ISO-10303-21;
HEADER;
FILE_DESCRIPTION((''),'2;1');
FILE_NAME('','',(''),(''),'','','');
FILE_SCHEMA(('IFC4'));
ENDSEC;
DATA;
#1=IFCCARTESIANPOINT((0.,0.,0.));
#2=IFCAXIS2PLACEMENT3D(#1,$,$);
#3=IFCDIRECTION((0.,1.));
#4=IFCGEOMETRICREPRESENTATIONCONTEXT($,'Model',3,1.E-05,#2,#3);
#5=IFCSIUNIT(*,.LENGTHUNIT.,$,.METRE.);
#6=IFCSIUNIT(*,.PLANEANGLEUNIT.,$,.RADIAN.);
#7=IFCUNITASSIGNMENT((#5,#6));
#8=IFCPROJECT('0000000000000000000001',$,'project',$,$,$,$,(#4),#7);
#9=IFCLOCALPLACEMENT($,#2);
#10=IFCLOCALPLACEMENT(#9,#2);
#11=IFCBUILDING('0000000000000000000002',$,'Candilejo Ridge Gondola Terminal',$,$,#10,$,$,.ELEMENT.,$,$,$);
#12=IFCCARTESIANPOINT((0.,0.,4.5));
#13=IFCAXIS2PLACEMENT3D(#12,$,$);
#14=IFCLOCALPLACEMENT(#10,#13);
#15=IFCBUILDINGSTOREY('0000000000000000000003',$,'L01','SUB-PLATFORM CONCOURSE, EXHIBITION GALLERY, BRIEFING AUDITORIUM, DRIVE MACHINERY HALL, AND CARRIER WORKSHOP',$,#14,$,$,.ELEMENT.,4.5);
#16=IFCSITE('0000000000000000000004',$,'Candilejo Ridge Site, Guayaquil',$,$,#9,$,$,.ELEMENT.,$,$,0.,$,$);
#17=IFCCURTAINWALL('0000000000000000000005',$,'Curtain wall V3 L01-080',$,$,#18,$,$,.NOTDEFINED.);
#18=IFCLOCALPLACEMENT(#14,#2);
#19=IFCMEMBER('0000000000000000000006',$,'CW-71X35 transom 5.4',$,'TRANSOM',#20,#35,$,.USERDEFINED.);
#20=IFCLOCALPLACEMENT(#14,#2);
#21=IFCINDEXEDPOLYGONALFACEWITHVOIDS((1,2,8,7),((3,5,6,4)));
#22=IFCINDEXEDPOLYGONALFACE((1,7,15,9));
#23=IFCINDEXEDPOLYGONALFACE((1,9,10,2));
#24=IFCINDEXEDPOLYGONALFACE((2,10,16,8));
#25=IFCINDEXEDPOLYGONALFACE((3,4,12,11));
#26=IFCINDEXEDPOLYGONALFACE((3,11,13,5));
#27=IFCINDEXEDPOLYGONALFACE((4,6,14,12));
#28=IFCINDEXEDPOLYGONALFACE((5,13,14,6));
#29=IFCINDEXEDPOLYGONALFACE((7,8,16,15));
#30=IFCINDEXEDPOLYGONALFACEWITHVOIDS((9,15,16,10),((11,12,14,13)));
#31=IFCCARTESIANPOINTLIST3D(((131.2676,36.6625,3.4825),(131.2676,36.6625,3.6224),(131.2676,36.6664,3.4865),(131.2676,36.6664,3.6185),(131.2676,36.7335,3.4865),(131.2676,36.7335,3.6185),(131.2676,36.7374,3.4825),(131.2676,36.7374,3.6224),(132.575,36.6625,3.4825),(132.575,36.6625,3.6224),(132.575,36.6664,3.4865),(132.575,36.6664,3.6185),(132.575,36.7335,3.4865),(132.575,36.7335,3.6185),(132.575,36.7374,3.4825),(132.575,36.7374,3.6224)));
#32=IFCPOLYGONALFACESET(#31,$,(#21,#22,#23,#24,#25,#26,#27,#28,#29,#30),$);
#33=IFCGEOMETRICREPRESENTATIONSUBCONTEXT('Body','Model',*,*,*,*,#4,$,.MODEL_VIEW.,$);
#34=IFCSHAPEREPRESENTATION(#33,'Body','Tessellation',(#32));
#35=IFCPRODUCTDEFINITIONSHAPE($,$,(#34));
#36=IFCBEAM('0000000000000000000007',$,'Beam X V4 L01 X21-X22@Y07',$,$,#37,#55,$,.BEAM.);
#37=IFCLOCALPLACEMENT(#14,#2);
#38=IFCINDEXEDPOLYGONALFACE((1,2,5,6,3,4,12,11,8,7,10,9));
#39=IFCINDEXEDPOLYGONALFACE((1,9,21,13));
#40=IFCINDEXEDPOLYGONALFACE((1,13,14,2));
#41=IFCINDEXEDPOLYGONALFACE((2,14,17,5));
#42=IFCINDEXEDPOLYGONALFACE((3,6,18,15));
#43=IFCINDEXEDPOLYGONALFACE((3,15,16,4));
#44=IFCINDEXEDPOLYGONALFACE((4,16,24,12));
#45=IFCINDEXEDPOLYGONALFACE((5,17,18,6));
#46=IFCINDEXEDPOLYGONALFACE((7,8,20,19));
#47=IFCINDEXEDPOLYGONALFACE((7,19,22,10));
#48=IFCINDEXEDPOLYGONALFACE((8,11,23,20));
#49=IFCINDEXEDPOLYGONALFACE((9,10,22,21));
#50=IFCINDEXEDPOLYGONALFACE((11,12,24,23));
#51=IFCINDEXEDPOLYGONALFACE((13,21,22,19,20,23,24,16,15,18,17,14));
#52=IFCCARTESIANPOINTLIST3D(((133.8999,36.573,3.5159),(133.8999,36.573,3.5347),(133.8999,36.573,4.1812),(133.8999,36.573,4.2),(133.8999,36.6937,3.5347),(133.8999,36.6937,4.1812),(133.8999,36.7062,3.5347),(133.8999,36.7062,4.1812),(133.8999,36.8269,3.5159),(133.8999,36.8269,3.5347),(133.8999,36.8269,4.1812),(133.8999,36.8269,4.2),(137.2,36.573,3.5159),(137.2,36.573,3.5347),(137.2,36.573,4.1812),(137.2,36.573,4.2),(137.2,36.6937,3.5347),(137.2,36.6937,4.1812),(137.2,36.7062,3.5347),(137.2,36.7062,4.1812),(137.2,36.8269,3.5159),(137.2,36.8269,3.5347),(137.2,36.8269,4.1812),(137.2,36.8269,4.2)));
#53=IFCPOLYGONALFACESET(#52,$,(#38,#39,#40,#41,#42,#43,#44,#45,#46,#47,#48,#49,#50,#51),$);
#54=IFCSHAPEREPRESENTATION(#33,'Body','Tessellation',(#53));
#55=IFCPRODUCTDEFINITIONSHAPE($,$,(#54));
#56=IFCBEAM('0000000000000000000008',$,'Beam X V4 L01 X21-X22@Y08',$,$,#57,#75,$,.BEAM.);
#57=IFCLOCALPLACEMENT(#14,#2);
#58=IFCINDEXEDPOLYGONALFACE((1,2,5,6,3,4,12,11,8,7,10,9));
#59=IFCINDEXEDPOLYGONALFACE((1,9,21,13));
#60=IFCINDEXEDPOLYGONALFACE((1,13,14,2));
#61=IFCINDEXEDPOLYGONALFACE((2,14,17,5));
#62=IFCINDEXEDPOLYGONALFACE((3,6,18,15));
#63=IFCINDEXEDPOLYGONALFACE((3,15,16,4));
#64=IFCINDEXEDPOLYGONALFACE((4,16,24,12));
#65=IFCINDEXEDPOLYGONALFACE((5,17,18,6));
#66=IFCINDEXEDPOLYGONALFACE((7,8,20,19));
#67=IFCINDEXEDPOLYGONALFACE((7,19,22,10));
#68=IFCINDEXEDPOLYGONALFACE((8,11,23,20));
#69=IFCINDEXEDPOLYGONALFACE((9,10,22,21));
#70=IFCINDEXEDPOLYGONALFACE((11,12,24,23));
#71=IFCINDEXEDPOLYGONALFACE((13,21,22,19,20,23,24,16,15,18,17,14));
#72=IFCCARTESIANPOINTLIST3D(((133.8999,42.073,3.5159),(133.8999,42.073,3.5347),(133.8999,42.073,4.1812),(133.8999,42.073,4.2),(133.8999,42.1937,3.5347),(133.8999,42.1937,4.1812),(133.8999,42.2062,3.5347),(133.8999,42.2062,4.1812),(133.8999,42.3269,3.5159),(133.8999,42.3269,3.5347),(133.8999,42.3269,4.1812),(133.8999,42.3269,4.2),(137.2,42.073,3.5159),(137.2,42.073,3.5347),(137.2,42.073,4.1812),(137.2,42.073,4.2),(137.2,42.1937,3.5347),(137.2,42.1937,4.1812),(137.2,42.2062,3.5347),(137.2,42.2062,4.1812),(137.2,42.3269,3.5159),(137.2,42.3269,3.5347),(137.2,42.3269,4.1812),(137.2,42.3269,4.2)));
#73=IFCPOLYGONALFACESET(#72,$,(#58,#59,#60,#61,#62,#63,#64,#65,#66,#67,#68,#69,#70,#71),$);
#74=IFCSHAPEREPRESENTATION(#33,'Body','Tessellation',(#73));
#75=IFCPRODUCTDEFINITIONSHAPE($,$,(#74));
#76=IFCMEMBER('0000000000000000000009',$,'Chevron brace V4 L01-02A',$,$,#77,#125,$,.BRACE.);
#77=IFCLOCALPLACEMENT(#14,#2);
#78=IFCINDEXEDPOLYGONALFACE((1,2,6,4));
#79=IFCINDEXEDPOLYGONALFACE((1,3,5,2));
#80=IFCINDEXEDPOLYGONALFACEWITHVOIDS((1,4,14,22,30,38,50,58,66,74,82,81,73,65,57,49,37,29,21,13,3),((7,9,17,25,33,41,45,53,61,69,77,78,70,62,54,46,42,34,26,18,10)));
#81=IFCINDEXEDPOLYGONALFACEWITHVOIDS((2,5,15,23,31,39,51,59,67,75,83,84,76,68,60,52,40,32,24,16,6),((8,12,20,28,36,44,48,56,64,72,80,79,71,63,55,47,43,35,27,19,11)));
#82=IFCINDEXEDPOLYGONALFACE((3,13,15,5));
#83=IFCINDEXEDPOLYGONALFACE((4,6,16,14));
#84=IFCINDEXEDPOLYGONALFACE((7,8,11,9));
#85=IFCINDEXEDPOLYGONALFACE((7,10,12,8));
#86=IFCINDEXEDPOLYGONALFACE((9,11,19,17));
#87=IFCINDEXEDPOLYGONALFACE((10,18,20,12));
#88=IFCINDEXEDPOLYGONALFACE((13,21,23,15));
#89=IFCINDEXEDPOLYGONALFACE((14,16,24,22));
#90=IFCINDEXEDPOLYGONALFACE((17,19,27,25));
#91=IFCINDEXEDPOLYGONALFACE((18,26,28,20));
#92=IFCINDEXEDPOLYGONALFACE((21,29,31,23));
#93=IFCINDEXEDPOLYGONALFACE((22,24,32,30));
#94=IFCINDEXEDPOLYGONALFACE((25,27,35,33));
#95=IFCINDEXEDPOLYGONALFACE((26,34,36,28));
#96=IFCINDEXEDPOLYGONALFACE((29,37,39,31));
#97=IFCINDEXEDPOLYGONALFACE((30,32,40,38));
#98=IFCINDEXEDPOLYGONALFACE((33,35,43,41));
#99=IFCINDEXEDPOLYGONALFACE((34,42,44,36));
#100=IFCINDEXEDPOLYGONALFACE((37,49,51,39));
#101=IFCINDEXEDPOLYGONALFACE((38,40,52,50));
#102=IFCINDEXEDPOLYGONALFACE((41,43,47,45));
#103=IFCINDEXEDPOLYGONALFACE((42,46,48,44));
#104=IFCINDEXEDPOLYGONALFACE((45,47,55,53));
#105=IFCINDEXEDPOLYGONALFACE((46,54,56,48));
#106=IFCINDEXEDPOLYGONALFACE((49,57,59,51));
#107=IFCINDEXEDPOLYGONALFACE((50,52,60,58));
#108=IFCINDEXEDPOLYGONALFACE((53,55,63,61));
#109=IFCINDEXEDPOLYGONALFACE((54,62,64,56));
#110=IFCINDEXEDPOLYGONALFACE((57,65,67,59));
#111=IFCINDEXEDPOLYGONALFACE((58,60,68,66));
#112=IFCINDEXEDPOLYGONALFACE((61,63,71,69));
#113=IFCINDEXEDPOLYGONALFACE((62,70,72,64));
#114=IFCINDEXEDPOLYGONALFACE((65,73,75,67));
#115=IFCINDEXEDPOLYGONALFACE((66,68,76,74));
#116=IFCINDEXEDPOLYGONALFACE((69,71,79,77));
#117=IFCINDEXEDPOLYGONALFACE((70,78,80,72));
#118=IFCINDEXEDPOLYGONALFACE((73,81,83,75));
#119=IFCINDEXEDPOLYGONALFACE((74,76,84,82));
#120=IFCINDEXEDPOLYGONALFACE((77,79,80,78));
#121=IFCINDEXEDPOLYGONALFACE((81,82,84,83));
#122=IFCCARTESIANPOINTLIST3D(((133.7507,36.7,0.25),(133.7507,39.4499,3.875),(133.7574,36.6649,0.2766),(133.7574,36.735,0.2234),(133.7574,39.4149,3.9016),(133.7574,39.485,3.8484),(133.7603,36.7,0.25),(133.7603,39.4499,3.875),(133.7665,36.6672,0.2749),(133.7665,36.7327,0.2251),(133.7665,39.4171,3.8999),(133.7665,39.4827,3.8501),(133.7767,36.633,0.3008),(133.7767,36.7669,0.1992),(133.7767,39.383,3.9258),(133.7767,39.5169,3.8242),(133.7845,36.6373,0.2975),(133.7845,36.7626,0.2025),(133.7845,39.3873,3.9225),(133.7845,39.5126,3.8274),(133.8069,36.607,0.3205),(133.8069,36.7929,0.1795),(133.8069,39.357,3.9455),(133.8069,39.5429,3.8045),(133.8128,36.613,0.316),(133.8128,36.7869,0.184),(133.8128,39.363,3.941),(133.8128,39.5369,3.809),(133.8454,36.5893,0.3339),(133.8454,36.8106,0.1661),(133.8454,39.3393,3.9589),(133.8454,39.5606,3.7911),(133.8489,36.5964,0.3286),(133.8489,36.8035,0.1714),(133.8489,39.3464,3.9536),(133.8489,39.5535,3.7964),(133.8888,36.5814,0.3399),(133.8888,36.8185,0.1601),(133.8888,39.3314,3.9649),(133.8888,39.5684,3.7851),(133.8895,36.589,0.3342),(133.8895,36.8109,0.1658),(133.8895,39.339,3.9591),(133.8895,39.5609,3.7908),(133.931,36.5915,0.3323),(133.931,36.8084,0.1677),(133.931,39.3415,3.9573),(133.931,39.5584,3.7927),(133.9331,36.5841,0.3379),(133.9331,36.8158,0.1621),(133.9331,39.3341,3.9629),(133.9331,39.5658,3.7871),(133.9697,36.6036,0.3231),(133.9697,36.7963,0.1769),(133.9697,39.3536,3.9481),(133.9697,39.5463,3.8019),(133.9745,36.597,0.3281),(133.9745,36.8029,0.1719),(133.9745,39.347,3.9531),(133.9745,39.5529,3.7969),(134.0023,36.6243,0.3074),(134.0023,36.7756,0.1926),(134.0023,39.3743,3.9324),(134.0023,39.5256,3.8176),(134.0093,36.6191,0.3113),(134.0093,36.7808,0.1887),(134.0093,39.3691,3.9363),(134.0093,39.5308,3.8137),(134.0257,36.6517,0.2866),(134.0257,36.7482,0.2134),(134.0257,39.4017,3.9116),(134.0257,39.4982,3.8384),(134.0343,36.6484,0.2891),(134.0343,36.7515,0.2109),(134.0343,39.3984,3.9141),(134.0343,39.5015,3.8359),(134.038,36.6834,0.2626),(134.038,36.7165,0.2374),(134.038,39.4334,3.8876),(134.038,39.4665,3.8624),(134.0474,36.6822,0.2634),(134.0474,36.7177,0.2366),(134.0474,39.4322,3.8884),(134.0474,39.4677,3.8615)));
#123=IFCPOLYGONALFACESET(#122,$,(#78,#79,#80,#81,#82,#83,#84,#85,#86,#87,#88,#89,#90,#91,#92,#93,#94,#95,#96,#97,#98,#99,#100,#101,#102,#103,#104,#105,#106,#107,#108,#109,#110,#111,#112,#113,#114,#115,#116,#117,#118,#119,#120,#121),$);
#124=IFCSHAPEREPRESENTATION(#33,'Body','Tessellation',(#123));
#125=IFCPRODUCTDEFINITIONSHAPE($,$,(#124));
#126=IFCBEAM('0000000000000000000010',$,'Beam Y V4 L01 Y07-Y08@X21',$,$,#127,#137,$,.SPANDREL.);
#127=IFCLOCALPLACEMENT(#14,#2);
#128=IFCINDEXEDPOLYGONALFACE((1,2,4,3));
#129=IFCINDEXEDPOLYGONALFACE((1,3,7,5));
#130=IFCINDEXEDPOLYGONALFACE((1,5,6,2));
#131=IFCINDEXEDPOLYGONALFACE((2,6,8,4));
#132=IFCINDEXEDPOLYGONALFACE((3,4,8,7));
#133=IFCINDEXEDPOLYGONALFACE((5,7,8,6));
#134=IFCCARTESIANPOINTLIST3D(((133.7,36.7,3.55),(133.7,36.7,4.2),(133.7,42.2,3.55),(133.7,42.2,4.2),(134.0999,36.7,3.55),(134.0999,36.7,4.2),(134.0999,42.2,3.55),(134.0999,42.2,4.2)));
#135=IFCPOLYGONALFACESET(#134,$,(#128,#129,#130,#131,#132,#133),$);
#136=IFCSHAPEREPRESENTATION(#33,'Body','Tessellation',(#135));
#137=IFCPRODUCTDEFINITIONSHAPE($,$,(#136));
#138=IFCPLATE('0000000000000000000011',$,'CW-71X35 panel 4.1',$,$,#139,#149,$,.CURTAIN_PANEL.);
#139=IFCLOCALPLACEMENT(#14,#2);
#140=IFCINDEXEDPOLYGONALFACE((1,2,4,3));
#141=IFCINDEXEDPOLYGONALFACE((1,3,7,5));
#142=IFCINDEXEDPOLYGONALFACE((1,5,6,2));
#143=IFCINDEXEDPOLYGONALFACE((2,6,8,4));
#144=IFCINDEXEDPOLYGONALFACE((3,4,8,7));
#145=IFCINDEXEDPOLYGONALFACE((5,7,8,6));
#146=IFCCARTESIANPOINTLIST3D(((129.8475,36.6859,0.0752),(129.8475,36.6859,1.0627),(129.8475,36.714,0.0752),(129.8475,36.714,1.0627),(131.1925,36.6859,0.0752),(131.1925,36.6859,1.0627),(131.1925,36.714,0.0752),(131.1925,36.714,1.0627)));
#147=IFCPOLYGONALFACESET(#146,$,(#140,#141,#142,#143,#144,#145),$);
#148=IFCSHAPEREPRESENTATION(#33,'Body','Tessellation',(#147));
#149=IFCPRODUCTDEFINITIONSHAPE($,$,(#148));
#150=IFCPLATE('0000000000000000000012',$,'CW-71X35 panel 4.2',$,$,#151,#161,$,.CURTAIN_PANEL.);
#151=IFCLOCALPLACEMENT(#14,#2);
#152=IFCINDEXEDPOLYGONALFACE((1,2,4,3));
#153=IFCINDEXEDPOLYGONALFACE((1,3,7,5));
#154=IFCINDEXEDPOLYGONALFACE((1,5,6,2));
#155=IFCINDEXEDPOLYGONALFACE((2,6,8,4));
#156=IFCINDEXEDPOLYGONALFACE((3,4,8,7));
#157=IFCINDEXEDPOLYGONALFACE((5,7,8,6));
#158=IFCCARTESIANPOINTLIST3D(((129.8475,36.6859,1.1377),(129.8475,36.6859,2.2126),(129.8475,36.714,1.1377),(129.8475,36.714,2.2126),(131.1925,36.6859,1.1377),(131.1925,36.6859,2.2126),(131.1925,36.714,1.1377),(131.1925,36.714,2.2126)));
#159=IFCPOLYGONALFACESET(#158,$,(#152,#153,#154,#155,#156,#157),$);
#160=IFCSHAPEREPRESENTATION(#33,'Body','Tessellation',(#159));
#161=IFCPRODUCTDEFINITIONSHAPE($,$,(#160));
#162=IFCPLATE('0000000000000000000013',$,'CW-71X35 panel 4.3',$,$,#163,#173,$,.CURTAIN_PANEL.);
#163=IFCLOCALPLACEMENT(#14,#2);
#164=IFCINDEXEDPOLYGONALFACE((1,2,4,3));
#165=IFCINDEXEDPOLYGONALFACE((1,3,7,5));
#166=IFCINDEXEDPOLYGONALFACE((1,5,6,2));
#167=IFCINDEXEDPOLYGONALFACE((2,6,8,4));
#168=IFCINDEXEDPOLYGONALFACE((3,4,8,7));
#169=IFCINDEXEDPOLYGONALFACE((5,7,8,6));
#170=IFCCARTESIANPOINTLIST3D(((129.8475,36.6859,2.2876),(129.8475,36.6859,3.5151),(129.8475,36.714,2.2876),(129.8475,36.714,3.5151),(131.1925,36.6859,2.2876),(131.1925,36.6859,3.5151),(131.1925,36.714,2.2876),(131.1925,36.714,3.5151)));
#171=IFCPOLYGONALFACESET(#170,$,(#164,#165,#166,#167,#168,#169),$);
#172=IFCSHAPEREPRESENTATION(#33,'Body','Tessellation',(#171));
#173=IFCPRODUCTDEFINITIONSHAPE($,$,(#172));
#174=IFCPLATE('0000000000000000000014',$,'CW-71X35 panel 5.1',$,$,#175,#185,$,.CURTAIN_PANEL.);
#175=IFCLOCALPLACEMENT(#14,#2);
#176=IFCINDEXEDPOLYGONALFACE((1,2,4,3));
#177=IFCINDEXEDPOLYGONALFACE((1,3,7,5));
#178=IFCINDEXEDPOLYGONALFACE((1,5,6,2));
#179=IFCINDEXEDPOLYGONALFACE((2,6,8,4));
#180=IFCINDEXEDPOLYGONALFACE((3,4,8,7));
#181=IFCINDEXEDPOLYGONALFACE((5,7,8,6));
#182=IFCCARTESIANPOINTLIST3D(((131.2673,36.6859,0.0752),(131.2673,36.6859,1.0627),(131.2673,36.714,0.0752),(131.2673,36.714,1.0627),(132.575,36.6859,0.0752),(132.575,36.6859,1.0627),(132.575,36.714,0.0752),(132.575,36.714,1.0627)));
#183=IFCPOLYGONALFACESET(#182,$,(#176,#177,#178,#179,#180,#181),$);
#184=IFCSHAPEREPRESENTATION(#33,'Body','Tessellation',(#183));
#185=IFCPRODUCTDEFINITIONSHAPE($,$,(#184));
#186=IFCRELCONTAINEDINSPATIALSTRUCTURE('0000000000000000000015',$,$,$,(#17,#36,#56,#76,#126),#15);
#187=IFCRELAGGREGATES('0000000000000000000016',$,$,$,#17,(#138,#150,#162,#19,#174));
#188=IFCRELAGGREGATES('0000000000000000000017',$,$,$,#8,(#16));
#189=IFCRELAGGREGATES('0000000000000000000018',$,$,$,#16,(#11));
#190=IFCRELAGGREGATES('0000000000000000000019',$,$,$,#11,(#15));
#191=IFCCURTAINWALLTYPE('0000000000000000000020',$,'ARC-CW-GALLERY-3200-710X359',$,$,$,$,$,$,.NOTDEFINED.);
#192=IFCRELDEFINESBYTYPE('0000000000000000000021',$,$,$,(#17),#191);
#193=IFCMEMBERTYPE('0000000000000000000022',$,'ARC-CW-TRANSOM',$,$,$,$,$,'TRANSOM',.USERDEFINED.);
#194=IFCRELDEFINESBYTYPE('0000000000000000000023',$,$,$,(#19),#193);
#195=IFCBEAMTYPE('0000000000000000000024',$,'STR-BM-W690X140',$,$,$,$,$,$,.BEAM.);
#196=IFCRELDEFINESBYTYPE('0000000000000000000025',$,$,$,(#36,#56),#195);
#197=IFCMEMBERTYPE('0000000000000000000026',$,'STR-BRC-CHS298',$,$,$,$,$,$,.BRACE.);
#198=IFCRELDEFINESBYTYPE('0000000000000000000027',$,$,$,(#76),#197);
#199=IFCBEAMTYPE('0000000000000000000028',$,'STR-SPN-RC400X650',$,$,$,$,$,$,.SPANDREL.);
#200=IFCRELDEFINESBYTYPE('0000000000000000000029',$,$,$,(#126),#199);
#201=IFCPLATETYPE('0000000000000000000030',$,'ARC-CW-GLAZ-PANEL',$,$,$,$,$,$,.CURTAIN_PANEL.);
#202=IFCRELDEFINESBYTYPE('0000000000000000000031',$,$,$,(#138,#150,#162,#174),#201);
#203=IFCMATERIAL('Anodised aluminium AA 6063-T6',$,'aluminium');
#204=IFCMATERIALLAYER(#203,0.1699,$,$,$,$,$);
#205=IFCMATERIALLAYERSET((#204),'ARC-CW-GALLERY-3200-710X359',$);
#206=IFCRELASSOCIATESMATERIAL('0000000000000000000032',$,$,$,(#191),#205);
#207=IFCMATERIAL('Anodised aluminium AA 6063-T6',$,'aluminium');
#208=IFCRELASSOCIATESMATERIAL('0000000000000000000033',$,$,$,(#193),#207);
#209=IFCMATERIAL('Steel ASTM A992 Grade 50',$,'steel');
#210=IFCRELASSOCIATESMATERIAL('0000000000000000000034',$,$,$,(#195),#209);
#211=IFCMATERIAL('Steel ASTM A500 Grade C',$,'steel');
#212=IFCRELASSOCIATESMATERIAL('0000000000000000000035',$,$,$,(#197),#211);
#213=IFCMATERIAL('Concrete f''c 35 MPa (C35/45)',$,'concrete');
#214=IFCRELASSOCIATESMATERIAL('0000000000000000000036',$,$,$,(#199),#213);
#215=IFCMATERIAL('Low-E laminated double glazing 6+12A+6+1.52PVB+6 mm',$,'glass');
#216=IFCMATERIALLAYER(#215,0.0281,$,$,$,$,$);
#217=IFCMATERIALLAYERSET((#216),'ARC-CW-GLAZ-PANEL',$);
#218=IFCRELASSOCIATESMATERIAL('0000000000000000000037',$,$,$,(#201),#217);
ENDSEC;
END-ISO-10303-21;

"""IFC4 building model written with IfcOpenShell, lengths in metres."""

from ifc_helpers import new_model, si_unit, direction, frame, origin, origin_2d, place, context, subcontext, project, spatial, rectangle, hollow_rectangle, hollow_circle, i_section, extrude, material, layer, layer_set, material_profile, profile_set, type_object, element, aggregate, save


model = new_model("IFC4")

# Units and contexts
model_context = context("Model", 3, precision=1e-05, world=origin(), true_north=direction((0.0, 1.0)))
body_context = subcontext(model_context, "Body", "Model", "MODEL_VIEW")
ifc_project = project(units=[si_unit("LENGTHUNIT", "METRE"), si_unit("PLANEANGLEUNIT", "RADIAN")], contexts=[model_context])

# Site, building, storey
site_placement = place(None, origin())
site = spatial("IfcSite", under=ifc_project, at=site_placement, Name="Candilejo Ridge Site, Guayaquil", CompositionType="ELEMENT", RefElevation=0.0)
building_placement = place(site_placement, origin())
building = spatial("IfcBuilding", under=site, at=building_placement, Name="Candilejo Ridge Gondola Terminal", CompositionType="ELEMENT")
storey_placement = place(building_placement, frame((0.0, 0.0, 4.5)))
storey = spatial("IfcBuildingStorey", under=building, at=storey_placement, Name="L01", Description="SUB-PLATFORM CONCOURSE, EXHIBITION GALLERY, BRIEFING AUDITORIUM, DRIVE MACHINERY HALL, AND CARRIER WORKSHOP", CompositionType="ELEMENT", Elevation=4.5)

# Curtain wall, member
ifc_material_1 = material(Name="Anodised aluminium AA 6063-T6", Category="aluminium")
ifc_layer_1 = layer(ifc_material_1, 0.1699)
ifc_layer_set_1 = layer_set([ifc_layer_1], Name="ARC-CW-GALLERY-3200-710X359")
curtain_wall_type = type_object("IfcCurtainWallType", Name="ARC-CW-GALLERY-3200-710X359", PredefinedType="NOTDEFINED", material=ifc_layer_set_1)
curtain_wall_placement = place(storey_placement, origin())
curtain_wall = element("IfcCurtainWall", 1, at=curtain_wall_placement, inside=storey, type_object=curtain_wall_type, Name="Curtain wall V3 L01-080", PredefinedType="NOTDEFINED")
ifc_material_2 = material(Name="Anodised aluminium AA 6063-T6", Category="aluminium")
ifc_material_profile_1 = material_profile(ifc_material_2, hollow_rectangle(XDim=0.075, YDim=0.1399, WallThickness=0.0039, at=origin_2d()))
ifc_profile_set_1 = profile_set([ifc_material_profile_1], Name="Anodised aluminium AA 6063-T6")
member_type_1 = type_object("IfcMemberType", Name="ARC-CW-TRANSOM", ElementType="TRANSOM", PredefinedType="USERDEFINED", material=ifc_profile_set_1)
member_1_placement = place(storey_placement, frame((131.2676, 36.7, 3.5525), z_axis=(1.0, 0.0, 0.0), x_axis=(0.0, 1.0, 0.0)))
member_1 = element("IfcMember", 2, at=member_1_placement, type_object=member_type_1, Name="CW-71X35 transom 5.4", ObjectType="TRANSOM", PredefinedType="USERDEFINED", context=body_context, shape_type="SweptSolid", body=[
    extrude(hollow_rectangle(XDim=0.075, YDim=0.1399, WallThickness=0.0039, at=origin_2d()), origin(), (0.0, 0.0, 1.0), 1.3074),
])

# Beams
ifc_material_3 = material(Name="Steel ASTM A992 Grade 50", Category="steel")
ifc_material_profile_2 = material_profile(ifc_material_3, i_section(OverallWidth=0.2539, OverallDepth=0.6841, WebThickness=0.0125, FlangeThickness=0.0188, at=origin_2d()))
ifc_profile_set_2 = profile_set([ifc_material_profile_2], Name="Steel ASTM A992 Grade 50")
beam_type_1 = type_object("IfcBeamType", Name="STR-BM-W690X140", PredefinedType="BEAM", material=ifc_profile_set_2)
for number, where, z_axis, x_axis, name in (
    (3, (133.8999, 36.7, 3.8579), (1.0, 0.0, 0.0), (0.0, 1.0, 0.0), "Beam X V4 L01 X21-X22@Y07"),
    (4, (133.8999, 42.2, 3.8579), (1.0, 0.0, 0.0), (0.0, 1.0, 0.0), "Beam X V4 L01 X21-X22@Y08"),
):
    element("IfcBeam", number, at=place(storey_placement, frame(where, z_axis=z_axis, x_axis=x_axis)), inside=storey, type_object=beam_type_1, Name=name, PredefinedType="BEAM", context=body_context, shape_type="SweptSolid", body=[
        extrude(i_section(OverallWidth=0.2539, OverallDepth=0.6841, WebThickness=0.0125, FlangeThickness=0.0188, at=origin_2d()), origin(), (0.0, 0.0, 1.0), 3.3),
    ])

# Member
ifc_material_4 = material(Name="Steel ASTM A500 Grade C", Category="steel")
ifc_material_profile_3 = material_profile(ifc_material_4, hollow_circle(Radius=0.1492, WallThickness=0.0095, at=origin_2d()))
ifc_profile_set_3 = profile_set([ifc_material_profile_3], Name="Steel ASTM A500 Grade C")
member_type_2 = type_object("IfcMemberType", Name="STR-BRC-CHS298", PredefinedType="BRACE", material=ifc_profile_set_3)
member_2_placement = place(storey_placement, frame((133.8999, 36.7, 0.25), z_axis=(0.0, 0.604386, 0.796691), x_axis=(-1.0, 0.0, 0.0)))
element("IfcMember", 5, at=member_2_placement, inside=storey, type_object=member_type_2, Name="Chevron brace V4 L01-02A", PredefinedType="BRACE", context=body_context, shape_type="SweptSolid", body=[
    extrude(hollow_circle(Radius=0.1492, WallThickness=0.0095, at=origin_2d()), origin(), (0.0, 0.0, 1.0), 4.55),
])

# Beam
ifc_material_5 = material(Name="Concrete f'c 35 MPa (C35/45)", Category="concrete")
ifc_material_profile_4 = material_profile(ifc_material_5, rectangle(XDim=0.3999, YDim=0.6499, at=origin_2d()))
ifc_profile_set_4 = profile_set([ifc_material_profile_4], Name="Concrete f'c 35 MPa (C35/45)")
beam_type_2 = type_object("IfcBeamType", Name="STR-SPN-RC400X650", PredefinedType="SPANDREL", material=ifc_profile_set_4)
beam_placement = place(storey_placement, frame((133.8999, 36.7, 3.875), z_axis=(0.0, 1.0, 0.0), x_axis=(-1.0, 0.0, 0.0)))
element("IfcBeam", 6, at=beam_placement, inside=storey, type_object=beam_type_2, Name="Beam Y V4 L01 Y07-Y08@X21", PredefinedType="SPANDREL", context=body_context, shape_type="SweptSolid", body=[
    extrude(rectangle(XDim=0.3999, YDim=0.6499, at=origin_2d()), origin(), (0.0, 0.0, 1.0), 5.5),
])

# Plates
ifc_material_6 = material(Name="Low-E laminated double glazing 6+12A+6+1.52PVB+6 mm", Category="glass")
ifc_layer_2 = layer(ifc_material_6, 0.0281)
ifc_layer_set_2 = layer_set([ifc_layer_2], Name="ARC-CW-GLAZ-PANEL")
plate_type_1 = type_object("IfcPlateType", Name="ARC-CW-GLAZ-PANEL", PredefinedType="CURTAIN_PANEL", material=ifc_layer_set_2)
plate_1_placement = place(storey_placement, frame((130.52, 36.7, 0.0752), z_axis=(0.0, 0.0, 1.0), x_axis=(1.0, 0.0, 0.0)))
plate_1 = element("IfcPlate", 7, at=plate_1_placement, type_object=plate_type_1, Name="CW-71X35 panel 4.1", PredefinedType="CURTAIN_PANEL", context=body_context, shape_type="SweptSolid", body=[
    extrude(rectangle(XDim=1.345, YDim=0.0281, at=origin_2d()), origin(), (0.0, 0.0, 1.0), 0.9875),
])
plate_2_placement = place(storey_placement, frame((130.52, 36.7, 1.1377), z_axis=(0.0, 0.0, 1.0), x_axis=(1.0, 0.0, 0.0)))
plate_2 = element("IfcPlate", 8, at=plate_2_placement, type_object=plate_type_1, Name="CW-71X35 panel 4.2", PredefinedType="CURTAIN_PANEL", context=body_context, shape_type="SweptSolid", body=[
    extrude(rectangle(XDim=1.345, YDim=0.0281, at=origin_2d()), origin(), (0.0, 0.0, 1.0), 1.075),
])
plate_3_placement = place(storey_placement, frame((130.52, 36.7, 2.2876), z_axis=(0.0, 0.0, 1.0), x_axis=(1.0, 0.0, 0.0)))
plate_3 = element("IfcPlate", 9, at=plate_3_placement, type_object=plate_type_1, Name="CW-71X35 panel 4.3", PredefinedType="CURTAIN_PANEL", context=body_context, shape_type="SweptSolid", body=[
    extrude(rectangle(XDim=1.345, YDim=0.0281, at=origin_2d()), origin(), (0.0, 0.0, 1.0), 1.2275),
])
plate_4_placement = place(storey_placement, frame((131.9211, 36.7, 0.0752), z_axis=(0.0, 0.0, 1.0), x_axis=(1.0, 0.0, 0.0)))
plate_4 = element("IfcPlate", 10, at=plate_4_placement, type_object=plate_type_1, Name="CW-71X35 panel 5.1", PredefinedType="CURTAIN_PANEL", context=body_context, shape_type="SweptSolid", body=[
    extrude(rectangle(XDim=1.3076, YDim=0.0281, at=origin_2d()), origin(), (0.0, 0.0, 1.0), 0.9875),
])
aggregate(curtain_wall, [plate_1, plate_2, plate_3, member_1, plate_4])

save(model, "model.ifc")
